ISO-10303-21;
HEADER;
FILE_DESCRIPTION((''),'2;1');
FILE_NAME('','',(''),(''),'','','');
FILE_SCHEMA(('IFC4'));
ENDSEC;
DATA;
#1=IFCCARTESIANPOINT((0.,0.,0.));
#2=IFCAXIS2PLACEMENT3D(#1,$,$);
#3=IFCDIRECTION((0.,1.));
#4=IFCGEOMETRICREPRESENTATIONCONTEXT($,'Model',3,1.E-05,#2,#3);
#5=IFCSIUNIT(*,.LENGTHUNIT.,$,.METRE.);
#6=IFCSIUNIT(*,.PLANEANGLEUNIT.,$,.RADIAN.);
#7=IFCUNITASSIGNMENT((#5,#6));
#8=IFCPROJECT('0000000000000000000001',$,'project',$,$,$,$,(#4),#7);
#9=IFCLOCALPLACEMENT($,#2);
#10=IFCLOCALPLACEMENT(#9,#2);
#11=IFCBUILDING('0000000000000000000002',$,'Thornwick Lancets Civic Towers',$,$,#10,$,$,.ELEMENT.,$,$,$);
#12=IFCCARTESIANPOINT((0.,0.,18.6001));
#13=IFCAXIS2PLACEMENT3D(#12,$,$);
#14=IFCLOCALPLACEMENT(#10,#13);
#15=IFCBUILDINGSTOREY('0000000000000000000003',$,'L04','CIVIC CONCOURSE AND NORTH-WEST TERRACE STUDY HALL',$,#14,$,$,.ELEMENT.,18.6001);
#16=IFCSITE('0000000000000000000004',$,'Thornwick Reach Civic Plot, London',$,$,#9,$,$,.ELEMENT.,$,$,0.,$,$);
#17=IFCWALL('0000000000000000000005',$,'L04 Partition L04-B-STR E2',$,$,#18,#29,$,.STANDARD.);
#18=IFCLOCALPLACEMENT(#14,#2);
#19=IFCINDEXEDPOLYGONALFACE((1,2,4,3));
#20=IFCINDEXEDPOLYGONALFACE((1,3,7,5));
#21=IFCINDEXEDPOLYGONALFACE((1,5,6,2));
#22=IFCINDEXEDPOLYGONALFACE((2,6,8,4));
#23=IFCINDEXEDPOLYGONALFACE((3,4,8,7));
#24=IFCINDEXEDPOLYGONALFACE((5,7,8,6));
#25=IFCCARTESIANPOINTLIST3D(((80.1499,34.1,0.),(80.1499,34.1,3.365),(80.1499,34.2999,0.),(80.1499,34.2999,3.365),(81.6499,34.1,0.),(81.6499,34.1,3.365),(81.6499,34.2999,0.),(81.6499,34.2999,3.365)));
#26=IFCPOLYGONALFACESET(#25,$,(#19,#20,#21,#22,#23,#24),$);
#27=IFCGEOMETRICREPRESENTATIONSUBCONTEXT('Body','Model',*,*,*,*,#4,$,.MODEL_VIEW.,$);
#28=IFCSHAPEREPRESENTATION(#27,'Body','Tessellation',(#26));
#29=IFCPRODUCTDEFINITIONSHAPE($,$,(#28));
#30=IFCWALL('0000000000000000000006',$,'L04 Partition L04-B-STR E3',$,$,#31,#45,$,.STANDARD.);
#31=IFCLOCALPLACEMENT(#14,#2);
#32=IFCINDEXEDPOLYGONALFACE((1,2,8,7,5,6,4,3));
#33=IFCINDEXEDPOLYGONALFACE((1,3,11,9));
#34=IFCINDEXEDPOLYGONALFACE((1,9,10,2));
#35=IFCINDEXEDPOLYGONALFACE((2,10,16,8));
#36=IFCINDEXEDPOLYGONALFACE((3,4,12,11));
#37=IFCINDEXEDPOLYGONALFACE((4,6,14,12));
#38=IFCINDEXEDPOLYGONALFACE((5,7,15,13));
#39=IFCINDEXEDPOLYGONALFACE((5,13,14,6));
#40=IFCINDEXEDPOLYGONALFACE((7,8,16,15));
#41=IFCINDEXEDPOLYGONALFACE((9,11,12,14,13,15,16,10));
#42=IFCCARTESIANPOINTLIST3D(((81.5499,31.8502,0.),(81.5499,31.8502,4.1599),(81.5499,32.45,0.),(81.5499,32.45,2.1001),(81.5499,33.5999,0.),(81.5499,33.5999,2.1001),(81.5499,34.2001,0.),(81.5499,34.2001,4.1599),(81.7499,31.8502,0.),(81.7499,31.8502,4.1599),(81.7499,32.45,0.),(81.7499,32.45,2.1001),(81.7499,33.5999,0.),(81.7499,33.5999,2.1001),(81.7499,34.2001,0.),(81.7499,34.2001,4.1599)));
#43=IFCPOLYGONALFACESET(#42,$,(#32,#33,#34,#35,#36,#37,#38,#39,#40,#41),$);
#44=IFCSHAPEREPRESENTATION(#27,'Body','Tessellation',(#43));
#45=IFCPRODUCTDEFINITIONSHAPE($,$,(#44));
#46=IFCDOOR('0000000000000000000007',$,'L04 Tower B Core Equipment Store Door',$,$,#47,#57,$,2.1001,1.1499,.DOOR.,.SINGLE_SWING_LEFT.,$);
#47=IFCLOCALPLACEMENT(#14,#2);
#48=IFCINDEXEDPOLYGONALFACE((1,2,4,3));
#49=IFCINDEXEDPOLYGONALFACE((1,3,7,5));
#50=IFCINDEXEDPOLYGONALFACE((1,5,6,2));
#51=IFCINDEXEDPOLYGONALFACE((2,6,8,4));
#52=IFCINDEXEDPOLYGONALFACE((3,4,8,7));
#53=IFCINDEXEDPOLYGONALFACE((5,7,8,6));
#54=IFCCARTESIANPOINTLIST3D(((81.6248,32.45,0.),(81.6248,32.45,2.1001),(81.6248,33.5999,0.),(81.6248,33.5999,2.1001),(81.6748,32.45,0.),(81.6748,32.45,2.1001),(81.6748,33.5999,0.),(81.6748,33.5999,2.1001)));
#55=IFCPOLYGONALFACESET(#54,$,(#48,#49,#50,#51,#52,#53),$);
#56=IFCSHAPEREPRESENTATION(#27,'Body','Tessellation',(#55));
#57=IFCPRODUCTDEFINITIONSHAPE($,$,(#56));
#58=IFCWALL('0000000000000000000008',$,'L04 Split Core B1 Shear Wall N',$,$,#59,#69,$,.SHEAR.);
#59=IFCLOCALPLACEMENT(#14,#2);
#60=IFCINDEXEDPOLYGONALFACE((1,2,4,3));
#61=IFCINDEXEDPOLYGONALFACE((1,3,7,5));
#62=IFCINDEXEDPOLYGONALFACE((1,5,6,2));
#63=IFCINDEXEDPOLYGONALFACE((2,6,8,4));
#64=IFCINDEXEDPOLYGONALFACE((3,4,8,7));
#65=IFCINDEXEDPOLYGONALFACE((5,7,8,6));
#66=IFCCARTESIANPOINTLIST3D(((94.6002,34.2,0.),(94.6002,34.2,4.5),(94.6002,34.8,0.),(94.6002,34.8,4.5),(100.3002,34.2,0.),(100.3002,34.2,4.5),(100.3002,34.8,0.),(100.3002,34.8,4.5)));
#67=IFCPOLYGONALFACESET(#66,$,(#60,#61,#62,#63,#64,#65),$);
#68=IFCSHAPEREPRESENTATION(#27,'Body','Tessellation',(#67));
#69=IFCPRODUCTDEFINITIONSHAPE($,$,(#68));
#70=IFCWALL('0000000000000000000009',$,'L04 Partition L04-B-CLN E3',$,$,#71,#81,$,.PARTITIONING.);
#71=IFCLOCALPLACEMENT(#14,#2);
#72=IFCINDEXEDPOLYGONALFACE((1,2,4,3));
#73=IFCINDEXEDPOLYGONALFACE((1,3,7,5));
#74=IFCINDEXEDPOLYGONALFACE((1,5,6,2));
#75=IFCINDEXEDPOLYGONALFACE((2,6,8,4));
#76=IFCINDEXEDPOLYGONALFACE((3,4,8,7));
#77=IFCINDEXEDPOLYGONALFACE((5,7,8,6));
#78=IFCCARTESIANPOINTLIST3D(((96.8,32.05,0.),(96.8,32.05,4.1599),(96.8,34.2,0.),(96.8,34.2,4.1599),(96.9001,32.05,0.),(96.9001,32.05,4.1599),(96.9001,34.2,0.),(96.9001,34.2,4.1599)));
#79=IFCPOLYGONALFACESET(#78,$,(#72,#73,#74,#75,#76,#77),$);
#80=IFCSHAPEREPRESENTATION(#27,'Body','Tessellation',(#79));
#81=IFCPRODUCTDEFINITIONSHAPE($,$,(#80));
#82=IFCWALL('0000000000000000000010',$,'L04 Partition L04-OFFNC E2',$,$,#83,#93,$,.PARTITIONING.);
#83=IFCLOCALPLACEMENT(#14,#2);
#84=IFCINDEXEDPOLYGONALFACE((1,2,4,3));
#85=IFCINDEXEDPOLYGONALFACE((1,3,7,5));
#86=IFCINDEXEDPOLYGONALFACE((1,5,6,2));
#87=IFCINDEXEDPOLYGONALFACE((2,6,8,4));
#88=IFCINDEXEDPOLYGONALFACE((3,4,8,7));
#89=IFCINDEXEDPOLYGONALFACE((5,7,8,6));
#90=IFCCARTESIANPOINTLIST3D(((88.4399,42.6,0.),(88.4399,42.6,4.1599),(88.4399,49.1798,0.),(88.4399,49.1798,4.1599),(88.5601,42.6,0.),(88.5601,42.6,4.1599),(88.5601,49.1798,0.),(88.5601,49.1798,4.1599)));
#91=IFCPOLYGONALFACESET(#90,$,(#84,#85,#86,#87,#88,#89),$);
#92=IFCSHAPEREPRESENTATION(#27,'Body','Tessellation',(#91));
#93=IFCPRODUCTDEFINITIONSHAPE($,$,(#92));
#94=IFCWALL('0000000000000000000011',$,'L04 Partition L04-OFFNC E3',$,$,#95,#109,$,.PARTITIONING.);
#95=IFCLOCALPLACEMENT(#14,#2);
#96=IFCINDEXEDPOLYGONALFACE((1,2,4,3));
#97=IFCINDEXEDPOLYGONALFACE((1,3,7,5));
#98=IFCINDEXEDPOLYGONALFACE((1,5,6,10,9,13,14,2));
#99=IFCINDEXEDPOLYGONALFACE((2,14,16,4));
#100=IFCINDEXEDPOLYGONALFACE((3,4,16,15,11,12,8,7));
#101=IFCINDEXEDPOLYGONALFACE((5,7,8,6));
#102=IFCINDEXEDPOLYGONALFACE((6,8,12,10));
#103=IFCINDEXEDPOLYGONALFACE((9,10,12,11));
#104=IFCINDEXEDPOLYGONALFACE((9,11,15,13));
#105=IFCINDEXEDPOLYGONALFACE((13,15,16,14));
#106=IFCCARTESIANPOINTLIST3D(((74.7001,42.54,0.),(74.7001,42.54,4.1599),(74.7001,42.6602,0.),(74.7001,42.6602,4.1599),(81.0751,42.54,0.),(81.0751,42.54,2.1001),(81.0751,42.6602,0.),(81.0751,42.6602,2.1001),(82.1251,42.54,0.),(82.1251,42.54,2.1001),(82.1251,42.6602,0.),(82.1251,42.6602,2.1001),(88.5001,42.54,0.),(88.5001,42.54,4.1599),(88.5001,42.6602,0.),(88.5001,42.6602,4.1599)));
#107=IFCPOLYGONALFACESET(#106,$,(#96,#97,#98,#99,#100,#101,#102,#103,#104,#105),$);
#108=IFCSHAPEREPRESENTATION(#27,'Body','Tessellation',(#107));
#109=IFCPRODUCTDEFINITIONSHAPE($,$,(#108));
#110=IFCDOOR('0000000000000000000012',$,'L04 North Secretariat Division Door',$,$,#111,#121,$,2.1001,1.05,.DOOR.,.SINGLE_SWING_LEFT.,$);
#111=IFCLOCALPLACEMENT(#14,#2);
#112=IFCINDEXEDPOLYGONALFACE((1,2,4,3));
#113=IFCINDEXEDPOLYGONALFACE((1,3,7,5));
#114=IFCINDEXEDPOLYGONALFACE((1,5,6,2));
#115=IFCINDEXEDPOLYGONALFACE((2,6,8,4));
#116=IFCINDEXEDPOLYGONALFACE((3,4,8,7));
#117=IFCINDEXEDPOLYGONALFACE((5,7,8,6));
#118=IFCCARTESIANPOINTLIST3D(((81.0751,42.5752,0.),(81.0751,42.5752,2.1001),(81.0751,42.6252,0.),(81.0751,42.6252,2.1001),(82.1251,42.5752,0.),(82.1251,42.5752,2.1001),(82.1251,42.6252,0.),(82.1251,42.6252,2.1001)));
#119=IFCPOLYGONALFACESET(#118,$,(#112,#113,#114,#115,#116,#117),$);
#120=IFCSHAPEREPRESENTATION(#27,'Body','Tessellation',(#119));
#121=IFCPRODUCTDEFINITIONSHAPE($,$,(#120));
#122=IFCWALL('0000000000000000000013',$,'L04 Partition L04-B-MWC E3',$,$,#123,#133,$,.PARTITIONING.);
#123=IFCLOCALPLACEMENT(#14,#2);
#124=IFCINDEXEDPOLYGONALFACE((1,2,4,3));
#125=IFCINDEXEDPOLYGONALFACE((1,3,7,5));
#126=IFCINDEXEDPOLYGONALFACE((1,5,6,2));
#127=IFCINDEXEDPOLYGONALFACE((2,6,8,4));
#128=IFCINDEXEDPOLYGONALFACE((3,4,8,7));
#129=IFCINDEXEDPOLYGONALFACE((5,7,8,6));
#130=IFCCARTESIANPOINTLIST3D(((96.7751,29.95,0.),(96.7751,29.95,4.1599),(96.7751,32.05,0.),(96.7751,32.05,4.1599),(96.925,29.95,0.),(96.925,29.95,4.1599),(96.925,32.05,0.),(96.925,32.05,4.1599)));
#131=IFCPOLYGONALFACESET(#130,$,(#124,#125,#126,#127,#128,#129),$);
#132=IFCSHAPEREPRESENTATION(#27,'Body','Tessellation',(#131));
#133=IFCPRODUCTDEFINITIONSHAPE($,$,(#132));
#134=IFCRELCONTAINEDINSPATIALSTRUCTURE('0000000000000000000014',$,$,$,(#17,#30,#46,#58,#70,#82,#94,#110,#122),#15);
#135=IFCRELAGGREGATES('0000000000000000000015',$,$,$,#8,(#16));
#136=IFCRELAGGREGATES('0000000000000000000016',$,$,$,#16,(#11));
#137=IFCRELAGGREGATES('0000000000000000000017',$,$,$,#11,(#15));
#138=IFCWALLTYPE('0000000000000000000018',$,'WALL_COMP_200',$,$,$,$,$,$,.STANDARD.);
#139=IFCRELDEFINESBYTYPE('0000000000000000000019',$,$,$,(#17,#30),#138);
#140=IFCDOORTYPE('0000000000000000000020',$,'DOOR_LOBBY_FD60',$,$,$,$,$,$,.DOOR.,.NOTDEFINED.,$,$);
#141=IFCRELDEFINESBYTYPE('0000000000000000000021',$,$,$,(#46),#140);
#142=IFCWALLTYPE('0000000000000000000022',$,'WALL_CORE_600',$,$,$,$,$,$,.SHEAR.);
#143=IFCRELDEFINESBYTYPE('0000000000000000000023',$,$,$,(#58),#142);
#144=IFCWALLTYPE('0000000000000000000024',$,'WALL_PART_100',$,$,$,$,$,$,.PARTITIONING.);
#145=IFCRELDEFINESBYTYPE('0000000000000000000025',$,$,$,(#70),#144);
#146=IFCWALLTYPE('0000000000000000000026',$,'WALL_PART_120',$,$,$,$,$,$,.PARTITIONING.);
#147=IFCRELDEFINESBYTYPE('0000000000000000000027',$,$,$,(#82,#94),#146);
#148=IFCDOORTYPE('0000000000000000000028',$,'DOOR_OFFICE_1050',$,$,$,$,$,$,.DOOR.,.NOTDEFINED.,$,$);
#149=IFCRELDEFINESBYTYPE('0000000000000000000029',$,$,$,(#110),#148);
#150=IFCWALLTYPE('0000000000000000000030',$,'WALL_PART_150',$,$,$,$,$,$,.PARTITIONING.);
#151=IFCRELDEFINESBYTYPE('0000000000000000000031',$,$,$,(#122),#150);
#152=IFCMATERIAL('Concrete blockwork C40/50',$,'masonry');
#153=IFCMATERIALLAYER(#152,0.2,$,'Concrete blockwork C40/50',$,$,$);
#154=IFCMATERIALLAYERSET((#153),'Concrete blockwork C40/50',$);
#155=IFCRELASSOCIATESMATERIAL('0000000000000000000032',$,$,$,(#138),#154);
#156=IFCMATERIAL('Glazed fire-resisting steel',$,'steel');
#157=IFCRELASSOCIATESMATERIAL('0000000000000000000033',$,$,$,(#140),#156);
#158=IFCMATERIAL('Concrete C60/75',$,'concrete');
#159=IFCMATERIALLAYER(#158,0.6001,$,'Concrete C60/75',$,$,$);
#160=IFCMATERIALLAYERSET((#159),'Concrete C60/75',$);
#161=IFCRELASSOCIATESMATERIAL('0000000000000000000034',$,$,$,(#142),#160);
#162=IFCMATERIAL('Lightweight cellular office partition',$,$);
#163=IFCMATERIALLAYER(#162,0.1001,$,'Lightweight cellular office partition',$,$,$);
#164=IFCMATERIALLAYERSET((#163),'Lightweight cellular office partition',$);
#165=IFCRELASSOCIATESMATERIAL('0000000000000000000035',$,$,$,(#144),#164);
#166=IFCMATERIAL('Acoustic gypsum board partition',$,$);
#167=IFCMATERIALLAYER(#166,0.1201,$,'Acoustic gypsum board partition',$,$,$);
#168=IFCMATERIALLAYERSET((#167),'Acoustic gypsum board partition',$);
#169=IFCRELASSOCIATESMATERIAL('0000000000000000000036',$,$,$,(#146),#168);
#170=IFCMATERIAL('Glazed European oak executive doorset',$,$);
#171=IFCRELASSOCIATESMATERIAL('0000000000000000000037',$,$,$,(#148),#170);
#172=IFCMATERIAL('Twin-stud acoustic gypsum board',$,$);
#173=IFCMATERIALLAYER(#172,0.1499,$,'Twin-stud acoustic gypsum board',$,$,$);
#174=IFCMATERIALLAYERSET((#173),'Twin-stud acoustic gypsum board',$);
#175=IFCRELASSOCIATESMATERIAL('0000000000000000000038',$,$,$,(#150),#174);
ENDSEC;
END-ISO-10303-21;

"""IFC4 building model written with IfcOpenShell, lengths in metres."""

from ifc_helpers import new_model, si_unit, direction, frame, frame_2d, origin, place, context, subcontext, project, spatial, rectangle, extrude, material, layer, layer_set, type_object, element, fill, save


model = new_model("IFC4")

# Units and contexts
model_context = context("Model", 3, precision=1e-05, world=origin(), true_north=direction((0.0, 1.0)))
body_context = subcontext(model_context, "Body", "Model", "MODEL_VIEW")
ifc_project = project(units=[si_unit("LENGTHUNIT", "METRE"), si_unit("PLANEANGLEUNIT", "RADIAN")], contexts=[model_context])

# Site, building, storey
site_placement = place(None, origin())
site = spatial("IfcSite", under=ifc_project, at=site_placement, Name="Thornwick Reach Civic Plot, London", CompositionType="ELEMENT", RefElevation=0.0)
building_placement = place(site_placement, origin())
building = spatial("IfcBuilding", under=site, at=building_placement, Name="Thornwick Lancets Civic Towers", CompositionType="ELEMENT")
storey_placement = place(building_placement, frame((0.0, 0.0, 18.6001)))
storey = spatial("IfcBuildingStorey", under=building, at=storey_placement, Name="L04", Description="CIVIC CONCOURSE AND NORTH-WEST TERRACE STUDY HALL", CompositionType="ELEMENT", Elevation=18.6001)

# Shared definitions
ifc_material_1 = material(Name="Concrete C60/75", Category="concrete")

# Shared definitions
ifc_material_2 = material(Name="Concrete blockwork C40/50", Category="masonry")
ifc_layer_1 = layer(ifc_material_2, 0.2, Name="Concrete blockwork C40/50")
ifc_layer_set_1 = layer_set([ifc_layer_1], Name="Concrete blockwork C40/50")
wall_type_1 = type_object("IfcWallType", Name="WALL_COMP_200", PredefinedType="STANDARD", material=ifc_layer_set_1)
ifc_material_3 = material(Name="Glazed fire-resisting steel", Category="steel")
door_type_1 = type_object("IfcDoorType", Name="DOOR_LOBBY_FD60", OperationType="NOTDEFINED", PredefinedType="DOOR", material=ifc_material_3)

# Wall
wall_1_placement = place(storey_placement, frame((80.1499, 34.2, 0.0), z_axis=(0.0, 0.0, 1.0), x_axis=(1.0, 0.0, 0.0)))
element("IfcWall", 1, at=wall_1_placement, inside=storey, type_object=wall_type_1, Name="L04 Partition L04-B-STR E2", PredefinedType="STANDARD", context=body_context, shape_type="SweptSolid", body=[
    extrude(rectangle(XDim=1.5, YDim=0.2, at=frame_2d((0.75, 0.0))), origin(), (0.0, 0.0, 1.0), 3.365),
])

# Wall, opening, door
wall_2_placement = place(storey_placement, frame((81.6499, 34.2, 0.0), z_axis=(0.0, 0.0, 1.0), x_axis=(0.0, -1.0, 0.0)))
wall_2 = element("IfcWall", 2, at=wall_2_placement, inside=storey, type_object=wall_type_1, Name="L04 Partition L04-B-STR E3", PredefinedType="STANDARD", context=body_context, shape_type="SweptSolid", body=[
    extrude(rectangle(XDim=2.3499, YDim=0.2, at=frame_2d((1.1748, 0.0))), origin(), (0.0, 0.0, 1.0), 4.1599),
])
opening_1_placement = place(wall_2_placement, frame((0.6001, 0.0, 0.0)))
opening_1 = element("IfcOpeningElement", 3, at=opening_1_placement, cuts=wall_2, PredefinedType="OPENING", context=body_context, shape_type="SweptSolid", body=[
    extrude(rectangle(XDim=1.1499, YDim=2.1001, at=frame_2d((0.575, 1.05))), frame((0.0, 0.1099, 0.0), z_axis=(0.0, -1.0, 0.0), x_axis=(1.0, 0.0, 0.0)), (0.0, 0.0, 1.0), 0.22),
])
door_1_placement = place(opening_1_placement, origin())
door_1 = element("IfcDoor", 4, at=door_1_placement, inside=storey, type_object=door_type_1, Name="L04 Tower B Core Equipment Store Door", OperationType="SINGLE_SWING_LEFT", OverallHeight=2.1001, OverallWidth=1.1499, PredefinedType="DOOR", context=body_context, shape_type="SweptSolid", body=[
    extrude(rectangle(XDim=1.1499, YDim=2.1001, at=frame_2d((0.575, 1.05))), frame((0.0, 0.0249, 0.0), z_axis=(0.0, -1.0, 0.0), x_axis=(1.0, 0.0, 0.0)), (0.0, 0.0, 1.0), 0.05),
])
fill(opening_1, door_1)

# Walls
ifc_layer_2 = layer(ifc_material_1, 0.6001, Name="Concrete C60/75")
ifc_layer_set_2 = layer_set([ifc_layer_2], Name="Concrete C60/75")
wall_type_2 = type_object("IfcWallType", Name="WALL_CORE_600", PredefinedType="SHEAR", material=ifc_layer_set_2)
wall_3_placement = place(storey_placement, frame((94.6001, 34.5, 0.0), z_axis=(0.0, 0.0, 1.0), x_axis=(1.0, 0.0, 0.0)))
element("IfcWall", 5, at=wall_3_placement, inside=storey, type_object=wall_type_2, Name="L04 Split Core B1 Shear Wall N", PredefinedType="SHEAR", context=body_context, shape_type="SweptSolid", body=[
    extrude(rectangle(XDim=5.7, YDim=0.6001, at=frame_2d((2.8501, 0.0))), origin(), (0.0, 0.0, 1.0), 4.5),
])
ifc_material_4 = material(Name="Lightweight cellular office partition")
ifc_layer_3 = layer(ifc_material_4, 0.1001, Name="Lightweight cellular office partition")
ifc_layer_set_3 = layer_set([ifc_layer_3], Name="Lightweight cellular office partition")
wall_type_3 = type_object("IfcWallType", Name="WALL_PART_100", PredefinedType="PARTITIONING", material=ifc_layer_set_3)
wall_4_placement = place(storey_placement, frame((96.8501, 34.2, 0.0), z_axis=(0.0, 0.0, 1.0), x_axis=(0.0, -1.0, 0.0)))
element("IfcWall", 6, at=wall_4_placement, inside=storey, type_object=wall_type_3, Name="L04 Partition L04-B-CLN E3", PredefinedType="PARTITIONING", context=body_context, shape_type="SweptSolid", body=[
    extrude(rectangle(XDim=2.1499, YDim=0.1001, at=frame_2d((1.075, 0.0))), origin(), (0.0, 0.0, 1.0), 4.1599),
])
ifc_material_5 = material(Name="Acoustic gypsum board partition")
ifc_layer_4 = layer(ifc_material_5, 0.1201, Name="Acoustic gypsum board partition")
ifc_layer_set_4 = layer_set([ifc_layer_4], Name="Acoustic gypsum board partition")
wall_type_4 = type_object("IfcWallType", Name="WALL_PART_120", PredefinedType="PARTITIONING", material=ifc_layer_set_4)
wall_5_placement = place(storey_placement, frame((88.5, 49.1799, 0.0), z_axis=(0.0, 0.0, 1.0), x_axis=(0.0, -1.0, 0.0)))
element("IfcWall", 7, at=wall_5_placement, inside=storey, type_object=wall_type_4, Name="L04 Partition L04-OFFNC E2", PredefinedType="PARTITIONING", context=body_context, shape_type="SweptSolid", body=[
    extrude(rectangle(XDim=6.5798, YDim=0.1201, at=frame_2d((3.29, 0.0))), origin(), (0.0, 0.0, 1.0), 4.1599),
])

# Wall, opening, door
wall_6_placement = place(storey_placement, frame((88.5, 42.6001, 0.0), z_axis=(0.0, 0.0, 1.0), x_axis=(-1.0, 0.0, 0.0)))
wall_6 = element("IfcWall", 8, at=wall_6_placement, inside=storey, type_object=wall_type_4, Name="L04 Partition L04-OFFNC E3", PredefinedType="PARTITIONING", context=body_context, shape_type="SweptSolid", body=[
    extrude(rectangle(XDim=13.8, YDim=0.1201, at=frame_2d((6.8999, 0.0))), origin(), (0.0, 0.0, 1.0), 4.1599),
])
opening_2_placement = place(wall_6_placement, frame((6.375, 0.0, 0.0)))
opening_2 = element("IfcOpeningElement", 9, at=opening_2_placement, cuts=wall_6, PredefinedType="OPENING", context=body_context, shape_type="SweptSolid", body=[
    extrude(rectangle(XDim=1.05, YDim=2.1001, at=frame_2d((0.5249, 1.05))), frame((0.0, 0.0701, 0.0), z_axis=(0.0, -1.0, 0.0), x_axis=(1.0, 0.0, 0.0)), (0.0, 0.0, 1.0), 0.1401),
])
ifc_material_6 = material(Name="Glazed European oak executive doorset")
door_type_2 = type_object("IfcDoorType", Name="DOOR_OFFICE_1050", OperationType="NOTDEFINED", PredefinedType="DOOR", material=ifc_material_6)
door_2_placement = place(opening_2_placement, origin())
door_2 = element("IfcDoor", 10, at=door_2_placement, inside=storey, type_object=door_type_2, Name="L04 North Secretariat Division Door", OperationType="SINGLE_SWING_LEFT", OverallHeight=2.1001, OverallWidth=1.05, PredefinedType="DOOR", context=body_context, shape_type="SweptSolid", body=[
    extrude(rectangle(XDim=1.05, YDim=2.1001, at=frame_2d((0.5249, 1.05))), frame((0.0, 0.0249, 0.0), z_axis=(0.0, -1.0, 0.0), x_axis=(1.0, 0.0, 0.0)), (0.0, 0.0, 1.0), 0.05),
])
fill(opening_2, door_2)

# Wall
ifc_material_7 = material(Name="Twin-stud acoustic gypsum board")
ifc_layer_5 = layer(ifc_material_7, 0.1499, Name="Twin-stud acoustic gypsum board")
ifc_layer_set_5 = layer_set([ifc_layer_5], Name="Twin-stud acoustic gypsum board")
wall_type_5 = type_object("IfcWallType", Name="WALL_PART_150", PredefinedType="PARTITIONING", material=ifc_layer_set_5)
wall_7_placement = place(storey_placement, frame((96.8501, 32.05, 0.0), z_axis=(0.0, 0.0, 1.0), x_axis=(0.0, -1.0, 0.0)))
element("IfcWall", 11, at=wall_7_placement, inside=storey, type_object=wall_type_5, Name="L04 Partition L04-B-MWC E3", PredefinedType="PARTITIONING", context=body_context, shape_type="SweptSolid", body=[
    extrude(rectangle(XDim=2.1001, YDim=0.1499, at=frame_2d((1.05, 0.0))), origin(), (0.0, 0.0, 1.0), 4.1599),
])

save(model, "model.ifc")
